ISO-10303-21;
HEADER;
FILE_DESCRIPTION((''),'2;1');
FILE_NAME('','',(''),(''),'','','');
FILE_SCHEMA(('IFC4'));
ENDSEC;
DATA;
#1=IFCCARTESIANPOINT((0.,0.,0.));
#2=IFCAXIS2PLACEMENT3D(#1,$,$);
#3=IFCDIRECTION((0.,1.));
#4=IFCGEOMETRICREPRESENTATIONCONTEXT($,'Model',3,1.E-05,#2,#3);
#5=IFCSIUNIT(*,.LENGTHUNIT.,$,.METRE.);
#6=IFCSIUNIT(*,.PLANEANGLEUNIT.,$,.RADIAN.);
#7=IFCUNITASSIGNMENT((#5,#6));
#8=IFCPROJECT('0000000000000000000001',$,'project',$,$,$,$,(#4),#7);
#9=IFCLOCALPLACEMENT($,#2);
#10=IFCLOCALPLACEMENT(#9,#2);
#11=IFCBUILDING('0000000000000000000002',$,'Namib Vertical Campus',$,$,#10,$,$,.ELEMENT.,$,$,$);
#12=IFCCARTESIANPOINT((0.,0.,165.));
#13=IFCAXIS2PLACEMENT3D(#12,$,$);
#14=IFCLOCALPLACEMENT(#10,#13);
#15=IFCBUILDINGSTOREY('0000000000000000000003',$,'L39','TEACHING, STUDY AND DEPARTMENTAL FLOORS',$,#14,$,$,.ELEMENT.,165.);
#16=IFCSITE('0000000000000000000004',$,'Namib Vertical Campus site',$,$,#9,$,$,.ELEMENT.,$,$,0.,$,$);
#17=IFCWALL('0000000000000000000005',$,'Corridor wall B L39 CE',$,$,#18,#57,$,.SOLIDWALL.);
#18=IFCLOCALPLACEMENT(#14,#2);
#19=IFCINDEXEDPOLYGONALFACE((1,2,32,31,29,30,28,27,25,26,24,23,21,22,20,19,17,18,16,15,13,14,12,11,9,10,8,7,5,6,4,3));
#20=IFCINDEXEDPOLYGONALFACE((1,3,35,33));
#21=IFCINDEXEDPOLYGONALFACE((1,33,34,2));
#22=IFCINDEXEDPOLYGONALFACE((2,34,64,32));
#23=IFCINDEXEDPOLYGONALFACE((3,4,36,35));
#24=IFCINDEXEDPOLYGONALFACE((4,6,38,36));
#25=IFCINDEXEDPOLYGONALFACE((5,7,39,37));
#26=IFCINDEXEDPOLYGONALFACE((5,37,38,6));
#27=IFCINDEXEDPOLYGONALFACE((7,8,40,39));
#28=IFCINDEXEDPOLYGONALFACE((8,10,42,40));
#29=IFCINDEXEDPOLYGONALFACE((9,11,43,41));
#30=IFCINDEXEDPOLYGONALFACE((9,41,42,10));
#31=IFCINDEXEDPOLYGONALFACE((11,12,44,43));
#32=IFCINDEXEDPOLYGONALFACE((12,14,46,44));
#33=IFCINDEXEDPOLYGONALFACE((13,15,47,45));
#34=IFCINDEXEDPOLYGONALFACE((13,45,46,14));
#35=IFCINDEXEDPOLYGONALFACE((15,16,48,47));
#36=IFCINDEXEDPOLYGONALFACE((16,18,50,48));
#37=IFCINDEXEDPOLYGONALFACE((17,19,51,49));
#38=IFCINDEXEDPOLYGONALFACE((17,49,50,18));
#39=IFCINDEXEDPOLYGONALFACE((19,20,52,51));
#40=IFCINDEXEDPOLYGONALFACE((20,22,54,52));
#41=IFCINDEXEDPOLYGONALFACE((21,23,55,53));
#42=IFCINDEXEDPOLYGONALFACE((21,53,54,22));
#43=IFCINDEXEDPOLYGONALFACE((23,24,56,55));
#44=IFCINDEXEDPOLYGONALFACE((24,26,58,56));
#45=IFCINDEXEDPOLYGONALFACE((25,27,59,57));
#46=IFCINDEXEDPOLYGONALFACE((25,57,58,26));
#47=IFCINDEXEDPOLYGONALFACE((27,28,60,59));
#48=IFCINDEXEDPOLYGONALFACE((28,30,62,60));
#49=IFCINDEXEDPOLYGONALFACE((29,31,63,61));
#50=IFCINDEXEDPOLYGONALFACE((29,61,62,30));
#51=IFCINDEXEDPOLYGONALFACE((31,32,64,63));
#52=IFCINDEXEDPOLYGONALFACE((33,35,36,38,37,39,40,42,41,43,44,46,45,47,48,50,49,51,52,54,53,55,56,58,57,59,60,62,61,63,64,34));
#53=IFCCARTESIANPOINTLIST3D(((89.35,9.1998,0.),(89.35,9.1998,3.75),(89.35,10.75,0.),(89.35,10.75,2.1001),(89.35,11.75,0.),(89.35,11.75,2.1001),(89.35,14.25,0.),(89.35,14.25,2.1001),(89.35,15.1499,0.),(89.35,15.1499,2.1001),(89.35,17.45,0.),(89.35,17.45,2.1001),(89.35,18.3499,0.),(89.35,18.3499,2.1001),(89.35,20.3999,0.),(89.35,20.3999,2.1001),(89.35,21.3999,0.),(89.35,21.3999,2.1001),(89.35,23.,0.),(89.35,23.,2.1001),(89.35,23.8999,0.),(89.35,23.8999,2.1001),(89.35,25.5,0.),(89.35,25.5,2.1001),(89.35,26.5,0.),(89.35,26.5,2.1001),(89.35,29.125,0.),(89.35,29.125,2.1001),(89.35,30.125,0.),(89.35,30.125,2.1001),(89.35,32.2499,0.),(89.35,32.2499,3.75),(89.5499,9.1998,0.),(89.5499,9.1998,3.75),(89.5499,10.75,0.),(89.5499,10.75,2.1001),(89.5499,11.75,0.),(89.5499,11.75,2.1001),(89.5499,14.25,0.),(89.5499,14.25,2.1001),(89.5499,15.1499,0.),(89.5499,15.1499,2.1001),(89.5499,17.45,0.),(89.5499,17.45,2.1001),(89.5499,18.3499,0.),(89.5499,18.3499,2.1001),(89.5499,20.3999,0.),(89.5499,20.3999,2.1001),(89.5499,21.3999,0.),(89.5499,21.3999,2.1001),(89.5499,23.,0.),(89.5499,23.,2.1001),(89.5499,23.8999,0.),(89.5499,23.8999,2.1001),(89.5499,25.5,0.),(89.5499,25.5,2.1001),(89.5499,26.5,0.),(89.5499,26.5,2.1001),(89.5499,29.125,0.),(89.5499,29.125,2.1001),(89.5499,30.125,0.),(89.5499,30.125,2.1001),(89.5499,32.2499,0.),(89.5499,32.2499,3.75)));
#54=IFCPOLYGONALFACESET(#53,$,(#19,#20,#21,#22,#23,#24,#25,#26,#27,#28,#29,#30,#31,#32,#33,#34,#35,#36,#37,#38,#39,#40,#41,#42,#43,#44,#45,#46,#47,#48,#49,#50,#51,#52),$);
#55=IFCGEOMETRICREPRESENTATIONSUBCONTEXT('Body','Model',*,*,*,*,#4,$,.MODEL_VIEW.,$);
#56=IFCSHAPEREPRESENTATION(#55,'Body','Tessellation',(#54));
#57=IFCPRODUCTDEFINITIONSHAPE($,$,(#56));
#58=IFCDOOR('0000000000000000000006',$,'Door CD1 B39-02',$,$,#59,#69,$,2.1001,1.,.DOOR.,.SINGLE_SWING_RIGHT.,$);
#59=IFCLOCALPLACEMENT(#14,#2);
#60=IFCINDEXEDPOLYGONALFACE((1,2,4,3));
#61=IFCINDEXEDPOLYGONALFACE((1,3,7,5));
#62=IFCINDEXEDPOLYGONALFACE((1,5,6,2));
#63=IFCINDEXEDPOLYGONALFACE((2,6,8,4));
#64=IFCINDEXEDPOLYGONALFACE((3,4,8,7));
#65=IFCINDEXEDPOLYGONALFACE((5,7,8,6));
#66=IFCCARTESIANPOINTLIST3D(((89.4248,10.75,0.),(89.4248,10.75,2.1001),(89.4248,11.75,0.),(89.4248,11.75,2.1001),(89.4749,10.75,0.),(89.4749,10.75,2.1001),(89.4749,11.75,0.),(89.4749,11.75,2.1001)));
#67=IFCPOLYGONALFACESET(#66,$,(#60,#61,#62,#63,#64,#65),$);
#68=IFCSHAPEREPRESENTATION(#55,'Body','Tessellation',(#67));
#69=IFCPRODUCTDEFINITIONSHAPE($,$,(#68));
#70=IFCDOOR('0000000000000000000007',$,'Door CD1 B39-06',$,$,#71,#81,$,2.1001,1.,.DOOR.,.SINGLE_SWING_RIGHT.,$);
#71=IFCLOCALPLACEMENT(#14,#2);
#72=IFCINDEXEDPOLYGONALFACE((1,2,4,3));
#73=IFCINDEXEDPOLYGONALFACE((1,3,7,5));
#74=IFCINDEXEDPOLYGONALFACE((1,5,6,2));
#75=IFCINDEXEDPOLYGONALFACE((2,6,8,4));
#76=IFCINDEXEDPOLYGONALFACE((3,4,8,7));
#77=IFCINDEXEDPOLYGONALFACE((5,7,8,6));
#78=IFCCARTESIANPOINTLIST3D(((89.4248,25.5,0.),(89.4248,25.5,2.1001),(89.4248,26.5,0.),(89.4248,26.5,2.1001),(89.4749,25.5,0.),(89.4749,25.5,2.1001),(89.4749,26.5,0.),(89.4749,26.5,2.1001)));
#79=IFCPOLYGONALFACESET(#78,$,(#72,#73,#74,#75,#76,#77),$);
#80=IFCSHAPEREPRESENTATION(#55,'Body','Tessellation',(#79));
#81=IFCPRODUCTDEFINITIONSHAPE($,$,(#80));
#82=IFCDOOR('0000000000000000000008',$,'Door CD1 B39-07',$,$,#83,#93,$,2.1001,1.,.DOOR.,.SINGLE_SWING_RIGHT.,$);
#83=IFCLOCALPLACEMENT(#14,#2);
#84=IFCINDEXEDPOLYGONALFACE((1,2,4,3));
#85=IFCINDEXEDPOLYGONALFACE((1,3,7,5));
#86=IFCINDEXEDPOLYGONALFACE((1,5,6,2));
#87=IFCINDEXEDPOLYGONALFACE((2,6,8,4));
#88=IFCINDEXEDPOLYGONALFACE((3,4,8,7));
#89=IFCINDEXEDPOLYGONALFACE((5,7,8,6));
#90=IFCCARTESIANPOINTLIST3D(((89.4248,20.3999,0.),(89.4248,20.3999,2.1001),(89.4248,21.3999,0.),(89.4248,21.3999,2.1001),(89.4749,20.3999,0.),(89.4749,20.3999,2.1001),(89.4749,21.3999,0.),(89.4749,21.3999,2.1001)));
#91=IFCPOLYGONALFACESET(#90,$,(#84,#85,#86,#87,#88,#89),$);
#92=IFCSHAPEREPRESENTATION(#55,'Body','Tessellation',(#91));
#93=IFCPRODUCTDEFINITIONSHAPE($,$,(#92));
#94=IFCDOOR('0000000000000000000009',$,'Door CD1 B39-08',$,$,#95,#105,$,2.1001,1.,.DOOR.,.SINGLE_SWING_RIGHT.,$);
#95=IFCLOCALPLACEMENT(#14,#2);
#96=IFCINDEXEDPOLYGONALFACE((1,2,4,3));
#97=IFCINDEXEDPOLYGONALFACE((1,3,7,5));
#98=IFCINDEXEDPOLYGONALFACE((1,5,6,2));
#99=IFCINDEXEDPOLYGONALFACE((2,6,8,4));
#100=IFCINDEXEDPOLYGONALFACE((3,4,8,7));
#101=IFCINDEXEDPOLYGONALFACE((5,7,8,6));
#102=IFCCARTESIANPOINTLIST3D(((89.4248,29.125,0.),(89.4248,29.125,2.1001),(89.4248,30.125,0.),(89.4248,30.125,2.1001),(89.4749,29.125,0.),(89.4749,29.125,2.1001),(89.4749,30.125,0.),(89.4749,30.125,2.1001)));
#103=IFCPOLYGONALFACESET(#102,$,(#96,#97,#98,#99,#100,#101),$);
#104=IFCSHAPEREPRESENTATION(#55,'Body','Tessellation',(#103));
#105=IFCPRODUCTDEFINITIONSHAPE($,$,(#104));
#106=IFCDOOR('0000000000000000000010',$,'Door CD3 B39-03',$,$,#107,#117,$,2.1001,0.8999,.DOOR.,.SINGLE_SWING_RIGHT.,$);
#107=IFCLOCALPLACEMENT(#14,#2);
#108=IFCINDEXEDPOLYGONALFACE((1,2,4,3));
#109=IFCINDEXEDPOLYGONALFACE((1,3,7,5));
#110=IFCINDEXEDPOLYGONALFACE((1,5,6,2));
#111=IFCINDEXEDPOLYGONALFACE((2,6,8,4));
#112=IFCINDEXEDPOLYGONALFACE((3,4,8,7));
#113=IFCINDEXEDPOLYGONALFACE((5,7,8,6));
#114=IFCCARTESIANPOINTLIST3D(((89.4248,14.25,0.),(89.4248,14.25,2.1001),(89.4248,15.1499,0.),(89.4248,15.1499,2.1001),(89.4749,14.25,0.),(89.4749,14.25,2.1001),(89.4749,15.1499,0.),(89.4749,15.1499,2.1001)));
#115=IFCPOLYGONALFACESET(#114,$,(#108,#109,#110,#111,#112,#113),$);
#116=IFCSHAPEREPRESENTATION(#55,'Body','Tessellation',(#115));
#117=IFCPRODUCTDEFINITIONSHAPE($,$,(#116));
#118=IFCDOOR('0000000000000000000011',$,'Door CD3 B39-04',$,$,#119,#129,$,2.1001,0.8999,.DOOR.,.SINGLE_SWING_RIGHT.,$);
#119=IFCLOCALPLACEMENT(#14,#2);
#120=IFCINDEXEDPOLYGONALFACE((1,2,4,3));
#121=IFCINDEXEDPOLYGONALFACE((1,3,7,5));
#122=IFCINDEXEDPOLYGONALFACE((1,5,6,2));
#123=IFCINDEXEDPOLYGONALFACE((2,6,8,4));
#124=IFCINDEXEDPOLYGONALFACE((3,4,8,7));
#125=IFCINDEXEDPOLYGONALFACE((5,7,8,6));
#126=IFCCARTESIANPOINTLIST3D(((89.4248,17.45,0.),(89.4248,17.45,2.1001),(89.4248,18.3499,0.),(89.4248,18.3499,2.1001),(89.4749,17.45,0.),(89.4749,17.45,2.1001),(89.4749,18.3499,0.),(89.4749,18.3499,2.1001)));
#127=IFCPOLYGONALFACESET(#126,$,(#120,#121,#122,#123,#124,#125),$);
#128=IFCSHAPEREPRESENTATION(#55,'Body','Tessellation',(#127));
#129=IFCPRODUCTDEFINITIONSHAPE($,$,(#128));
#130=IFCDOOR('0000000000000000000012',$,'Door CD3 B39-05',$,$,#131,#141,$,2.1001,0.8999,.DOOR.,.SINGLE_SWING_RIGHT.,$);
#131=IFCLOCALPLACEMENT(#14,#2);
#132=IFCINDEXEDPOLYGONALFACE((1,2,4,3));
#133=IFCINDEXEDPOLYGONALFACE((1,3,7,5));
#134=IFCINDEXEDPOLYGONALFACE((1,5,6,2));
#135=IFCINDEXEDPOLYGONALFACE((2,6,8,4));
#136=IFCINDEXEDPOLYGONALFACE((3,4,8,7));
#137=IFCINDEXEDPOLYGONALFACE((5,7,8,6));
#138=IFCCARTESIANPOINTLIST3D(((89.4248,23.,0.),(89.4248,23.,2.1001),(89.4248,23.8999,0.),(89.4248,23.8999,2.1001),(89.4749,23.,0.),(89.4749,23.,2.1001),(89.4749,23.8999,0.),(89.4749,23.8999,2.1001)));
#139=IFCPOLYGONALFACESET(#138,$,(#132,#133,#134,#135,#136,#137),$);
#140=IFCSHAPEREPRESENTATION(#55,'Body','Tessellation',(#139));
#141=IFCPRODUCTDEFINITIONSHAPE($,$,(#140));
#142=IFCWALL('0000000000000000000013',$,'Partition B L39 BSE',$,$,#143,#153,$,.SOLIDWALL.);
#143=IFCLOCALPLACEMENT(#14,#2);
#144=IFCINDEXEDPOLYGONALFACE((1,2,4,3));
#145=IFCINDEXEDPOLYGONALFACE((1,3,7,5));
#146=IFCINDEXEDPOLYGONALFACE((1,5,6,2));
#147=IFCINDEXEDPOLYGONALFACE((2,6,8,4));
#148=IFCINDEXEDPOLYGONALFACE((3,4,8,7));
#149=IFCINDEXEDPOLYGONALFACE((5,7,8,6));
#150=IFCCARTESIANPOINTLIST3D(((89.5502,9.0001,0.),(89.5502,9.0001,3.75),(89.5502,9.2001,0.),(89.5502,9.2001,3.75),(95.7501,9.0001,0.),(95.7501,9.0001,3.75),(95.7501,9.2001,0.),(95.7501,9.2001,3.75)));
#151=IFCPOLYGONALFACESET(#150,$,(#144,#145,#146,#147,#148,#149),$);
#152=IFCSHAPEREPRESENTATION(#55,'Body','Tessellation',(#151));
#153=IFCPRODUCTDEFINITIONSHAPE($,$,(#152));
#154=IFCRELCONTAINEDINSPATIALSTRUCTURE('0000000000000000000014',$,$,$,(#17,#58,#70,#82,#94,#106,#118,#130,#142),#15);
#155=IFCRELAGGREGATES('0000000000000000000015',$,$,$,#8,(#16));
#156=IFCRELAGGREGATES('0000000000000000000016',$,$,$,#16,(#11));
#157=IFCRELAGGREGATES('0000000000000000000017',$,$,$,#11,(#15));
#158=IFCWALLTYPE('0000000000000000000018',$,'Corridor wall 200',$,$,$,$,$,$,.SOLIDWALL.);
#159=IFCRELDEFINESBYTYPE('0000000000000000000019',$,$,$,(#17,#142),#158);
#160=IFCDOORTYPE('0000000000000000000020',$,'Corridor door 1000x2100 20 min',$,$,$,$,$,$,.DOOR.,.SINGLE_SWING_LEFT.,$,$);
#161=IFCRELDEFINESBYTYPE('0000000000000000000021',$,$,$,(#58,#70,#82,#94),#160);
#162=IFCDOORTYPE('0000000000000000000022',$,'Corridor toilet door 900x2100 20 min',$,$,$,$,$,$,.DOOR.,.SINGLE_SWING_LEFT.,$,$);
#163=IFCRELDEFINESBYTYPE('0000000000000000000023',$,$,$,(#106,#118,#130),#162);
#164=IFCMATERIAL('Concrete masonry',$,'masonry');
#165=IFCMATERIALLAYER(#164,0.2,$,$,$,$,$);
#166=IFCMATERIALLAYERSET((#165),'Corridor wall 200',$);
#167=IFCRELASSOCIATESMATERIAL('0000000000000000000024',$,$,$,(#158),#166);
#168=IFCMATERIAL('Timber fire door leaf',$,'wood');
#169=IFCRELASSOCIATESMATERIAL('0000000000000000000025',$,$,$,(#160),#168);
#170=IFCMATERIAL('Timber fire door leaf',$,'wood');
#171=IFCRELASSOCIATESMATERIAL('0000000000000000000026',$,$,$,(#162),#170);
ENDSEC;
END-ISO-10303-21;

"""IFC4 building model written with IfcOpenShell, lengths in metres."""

from ifc_helpers import new_model, si_unit, direction, frame, frame_2d, origin, place, context, subcontext, project, spatial, rectangle, extrude, material, layer, layer_set, type_object, element, fill, save


model = new_model("IFC4")

# Units and contexts
model_context = context("Model", 3, precision=1e-05, world=origin(), true_north=direction((0.0, 1.0)))
body_context = subcontext(model_context, "Body", "Model", "MODEL_VIEW")
ifc_project = project(units=[si_unit("LENGTHUNIT", "METRE"), si_unit("PLANEANGLEUNIT", "RADIAN")], contexts=[model_context])

# Site, building, storey
site_placement = place(None, origin())
site = spatial("IfcSite", under=ifc_project, at=site_placement, Name="Namib Vertical Campus site", CompositionType="ELEMENT", RefElevation=0.0)
building_placement = place(site_placement, origin())
building = spatial("IfcBuilding", under=site, at=building_placement, Name="Namib Vertical Campus", CompositionType="ELEMENT")
storey_placement = place(building_placement, frame((0.0, 0.0, 165.0)))
storey = spatial("IfcBuildingStorey", under=building, at=storey_placement, Name="L39", Description="TEACHING, STUDY AND DEPARTMENTAL FLOORS", CompositionType="ELEMENT", Elevation=165.0)

# Wall, openings, doors
ifc_material_1 = material(Name="Concrete masonry", Category="masonry")
ifc_layer_1 = layer(ifc_material_1, 0.2)
ifc_layer_set_1 = layer_set([ifc_layer_1], Name="Corridor wall 200")
wall_type_1 = type_object("IfcWallType", Name="Corridor wall 200", PredefinedType="SOLIDWALL", material=ifc_layer_set_1)
wall_1_placement = place(storey_placement, frame((89.45, 9.2, 0.0), z_axis=(0.0, 0.0, 1.0), x_axis=(0.0, 1.0, 0.0)))
wall_1 = element("IfcWall", 1, at=wall_1_placement, inside=storey, type_object=wall_type_1, Name="Corridor wall B L39 CE", PredefinedType="SOLIDWALL", context=body_context, shape_type="SweptSolid", body=[
    extrude(rectangle(XDim=23.05, YDim=0.2, at=frame_2d((11.5249, 0.0))), origin(), (0.0, 0.0, 1.0), 3.75),
])
opening_1_placement = place(wall_1_placement, frame((1.55, 0.0, 0.0)))
opening_1 = element("IfcOpeningElement", 2, at=opening_1_placement, cuts=wall_1, PredefinedType="OPENING", context=body_context, shape_type="SweptSolid", body=[
    extrude(rectangle(XDim=1.0, YDim=2.1001, at=frame_2d((0.5, 1.05))), frame((0.0, 0.1099, 0.0), z_axis=(0.0, -1.0, 0.0), x_axis=(1.0, 0.0, 0.0)), (0.0, 0.0, 1.0), 0.22),
])
opening_2_placement = place(wall_1_placement, frame((5.05, 0.0, 0.0)))
opening_2 = element("IfcOpeningElement", 3, at=opening_2_placement, cuts=wall_1, PredefinedType="OPENING", context=body_context, shape_type="SweptSolid", body=[
    extrude(rectangle(XDim=0.8999, YDim=2.1001, at=frame_2d((0.45, 1.05))), frame((0.0, 0.1099, 0.0), z_axis=(0.0, -1.0, 0.0), x_axis=(1.0, 0.0, 0.0)), (0.0, 0.0, 1.0), 0.22),
])
opening_3_placement = place(wall_1_placement, frame((8.25, 0.0, 0.0)))
opening_3 = element("IfcOpeningElement", 4, at=opening_3_placement, cuts=wall_1, PredefinedType="OPENING", context=body_context, shape_type="SweptSolid", body=[
    extrude(rectangle(XDim=0.8999, YDim=2.1001, at=frame_2d((0.45, 1.05))), frame((0.0, 0.1099, 0.0), z_axis=(0.0, -1.0, 0.0), x_axis=(1.0, 0.0, 0.0)), (0.0, 0.0, 1.0), 0.22),
])
opening_4_placement = place(wall_1_placement, frame((13.8, 0.0, 0.0)))
opening_4 = element("IfcOpeningElement", 5, at=opening_4_placement, cuts=wall_1, PredefinedType="OPENING", context=body_context, shape_type="SweptSolid", body=[
    extrude(rectangle(XDim=0.8999, YDim=2.1001, at=frame_2d((0.45, 1.05))), frame((0.0, 0.1099, 0.0), z_axis=(0.0, -1.0, 0.0), x_axis=(1.0, 0.0, 0.0)), (0.0, 0.0, 1.0), 0.22),
])
opening_5_placement = place(wall_1_placement, frame((16.3, 0.0, 0.0)))
opening_5 = element("IfcOpeningElement", 6, at=opening_5_placement, cuts=wall_1, PredefinedType="OPENING", context=body_context, shape_type="SweptSolid", body=[
    extrude(rectangle(XDim=1.0, YDim=2.1001, at=frame_2d((0.5, 1.05))), frame((0.0, 0.1099, 0.0), z_axis=(0.0, -1.0, 0.0), x_axis=(1.0, 0.0, 0.0)), (0.0, 0.0, 1.0), 0.22),
])
opening_6_placement = place(wall_1_placement, frame((11.2, 0.0, 0.0)))
opening_6 = element("IfcOpeningElement", 7, at=opening_6_placement, cuts=wall_1, PredefinedType="OPENING", context=body_context, shape_type="SweptSolid", body=[
    extrude(rectangle(XDim=1.0, YDim=2.1001, at=frame_2d((0.5, 1.05))), frame((0.0, 0.1099, 0.0), z_axis=(0.0, -1.0, 0.0), x_axis=(1.0, 0.0, 0.0)), (0.0, 0.0, 1.0), 0.22),
])
opening_7_placement = place(wall_1_placement, frame((19.925, 0.0, 0.0)))
opening_7 = element("IfcOpeningElement", 8, at=opening_7_placement, cuts=wall_1, PredefinedType="OPENING", context=body_context, shape_type="SweptSolid", body=[
    extrude(rectangle(XDim=1.0, YDim=2.1001, at=frame_2d((0.5, 1.05))), frame((0.0, 0.1099, 0.0), z_axis=(0.0, -1.0, 0.0), x_axis=(1.0, 0.0, 0.0)), (0.0, 0.0, 1.0), 0.22),
])
ifc_material_2 = material(Name="Timber fire door leaf", Category="wood")
door_type_1 = type_object("IfcDoorType", Name="Corridor door 1000x2100 20 min", OperationType="SINGLE_SWING_LEFT", PredefinedType="DOOR", material=ifc_material_2)
door_1_placement = place(opening_1_placement, frame((1.0, 0.0, 0.0), z_axis=(0.0, 0.0, 1.0), x_axis=(-1.0, 0.0, 0.0)))
door_1 = element("IfcDoor", 9, at=door_1_placement, inside=storey, type_object=door_type_1, Name="Door CD1 B39-02", OperationType="SINGLE_SWING_RIGHT", OverallHeight=2.1001, OverallWidth=1.0, PredefinedType="DOOR", context=body_context, shape_type="SweptSolid", body=[
    extrude(rectangle(XDim=1.0, YDim=2.1001, at=frame_2d((0.5, 1.05))), frame((0.0, 0.0249, 0.0), z_axis=(0.0, -1.0, 0.0), x_axis=(1.0, 0.0, 0.0)), (0.0, 0.0, 1.0), 0.05),
])
fill(opening_1, door_1)
door_2_placement = place(opening_5_placement, frame((1.0, 0.0, 0.0), z_axis=(0.0, 0.0, 1.0), x_axis=(-1.0, 0.0, 0.0)))
door_2 = element("IfcDoor", 10, at=door_2_placement, inside=storey, type_object=door_type_1, Name="Door CD1 B39-06", OperationType="SINGLE_SWING_RIGHT", OverallHeight=2.1001, OverallWidth=1.0, PredefinedType="DOOR", context=body_context, shape_type="SweptSolid", body=[
    extrude(rectangle(XDim=1.0, YDim=2.1001, at=frame_2d((0.5, 1.05))), frame((0.0, 0.0249, 0.0), z_axis=(0.0, -1.0, 0.0), x_axis=(1.0, 0.0, 0.0)), (0.0, 0.0, 1.0), 0.05),
])
fill(opening_5, door_2)
door_3_placement = place(opening_6_placement, frame((1.0, 0.0, 0.0), z_axis=(0.0, 0.0, 1.0), x_axis=(-1.0, 0.0, 0.0)))
door_3 = element("IfcDoor", 11, at=door_3_placement, inside=storey, type_object=door_type_1, Name="Door CD1 B39-07", OperationType="SINGLE_SWING_RIGHT", OverallHeight=2.1001, OverallWidth=1.0, PredefinedType="DOOR", context=body_context, shape_type="SweptSolid", body=[
    extrude(rectangle(XDim=1.0, YDim=2.1001, at=frame_2d((0.5, 1.05))), frame((0.0, 0.0249, 0.0), z_axis=(0.0, -1.0, 0.0), x_axis=(1.0, 0.0, 0.0)), (0.0, 0.0, 1.0), 0.05),
])
fill(opening_6, door_3)
door_4_placement = place(opening_7_placement, frame((1.0, 0.0, 0.0), z_axis=(0.0, 0.0, 1.0), x_axis=(-1.0, 0.0, 0.0)))
door_4 = element("IfcDoor", 12, at=door_4_placement, inside=storey, type_object=door_type_1, Name="Door CD1 B39-08", OperationType="SINGLE_SWING_RIGHT", OverallHeight=2.1001, OverallWidth=1.0, PredefinedType="DOOR", context=body_context, shape_type="SweptSolid", body=[
    extrude(rectangle(XDim=1.0, YDim=2.1001, at=frame_2d((0.5, 1.05))), frame((0.0, 0.0249, 0.0), z_axis=(0.0, -1.0, 0.0), x_axis=(1.0, 0.0, 0.0)), (0.0, 0.0, 1.0), 0.05),
])
fill(opening_7, door_4)
ifc_material_3 = material(Name="Timber fire door leaf", Category="wood")
door_type_2 = type_object("IfcDoorType", Name="Corridor toilet door 900x2100 20 min", OperationType="SINGLE_SWING_LEFT", PredefinedType="DOOR", material=ifc_material_3)
door_5_placement = place(opening_2_placement, frame((0.8999, 0.0, 0.0), z_axis=(0.0, 0.0, 1.0), x_axis=(-1.0, 0.0, 0.0)))
door_5 = element("IfcDoor", 13, at=door_5_placement, inside=storey, type_object=door_type_2, Name="Door CD3 B39-03", OperationType="SINGLE_SWING_RIGHT", OverallHeight=2.1001, OverallWidth=0.8999, PredefinedType="DOOR", context=body_context, shape_type="SweptSolid", body=[
    extrude(rectangle(XDim=0.8999, YDim=2.1001, at=frame_2d((0.45, 1.05))), frame((0.0, 0.0249, 0.0), z_axis=(0.0, -1.0, 0.0), x_axis=(1.0, 0.0, 0.0)), (0.0, 0.0, 1.0), 0.05),
])
fill(opening_2, door_5)
door_6_placement = place(opening_3_placement, frame((0.8999, 0.0, 0.0), z_axis=(0.0, 0.0, 1.0), x_axis=(-1.0, 0.0, 0.0)))
door_6 = element("IfcDoor", 14, at=door_6_placement, inside=storey, type_object=door_type_2, Name="Door CD3 B39-04", OperationType="SINGLE_SWING_RIGHT", OverallHeight=2.1001, OverallWidth=0.8999, PredefinedType="DOOR", context=body_context, shape_type="SweptSolid", body=[
    extrude(rectangle(XDim=0.8999, YDim=2.1001, at=frame_2d((0.45, 1.05))), frame((0.0, 0.0249, 0.0), z_axis=(0.0, -1.0, 0.0), x_axis=(1.0, 0.0, 0.0)), (0.0, 0.0, 1.0), 0.05),
])
fill(opening_3, door_6)
door_7_placement = place(opening_4_placement, frame((0.8999, 0.0, 0.0), z_axis=(0.0, 0.0, 1.0), x_axis=(-1.0, 0.0, 0.0)))
door_7 = element("IfcDoor", 15, at=door_7_placement, inside=storey, type_object=door_type_2, Name="Door CD3 B39-05", OperationType="SINGLE_SWING_RIGHT", OverallHeight=2.1001, OverallWidth=0.8999, PredefinedType="DOOR", context=body_context, shape_type="SweptSolid", body=[
    extrude(rectangle(XDim=0.8999, YDim=2.1001, at=frame_2d((0.45, 1.05))), frame((0.0, 0.0249, 0.0), z_axis=(0.0, -1.0, 0.0), x_axis=(1.0, 0.0, 0.0)), (0.0, 0.0, 1.0), 0.05),
])
fill(opening_4, door_7)

# Wall
wall_2_placement = place(storey_placement, frame((89.55, 9.1001, 0.0), z_axis=(0.0, 0.0, 1.0), x_axis=(1.0, 0.0, 0.0)))
element("IfcWall", 16, at=wall_2_placement, inside=storey, type_object=wall_type_1, Name="Partition B L39 BSE", PredefinedType="SOLIDWALL", context=body_context, shape_type="SweptSolid", body=[
    extrude(rectangle(XDim=6.2, YDim=0.2, at=frame_2d((3.1001, 0.0))), origin(), (0.0, 0.0, 1.0), 3.75),
])

save(model, "model.ifc")
